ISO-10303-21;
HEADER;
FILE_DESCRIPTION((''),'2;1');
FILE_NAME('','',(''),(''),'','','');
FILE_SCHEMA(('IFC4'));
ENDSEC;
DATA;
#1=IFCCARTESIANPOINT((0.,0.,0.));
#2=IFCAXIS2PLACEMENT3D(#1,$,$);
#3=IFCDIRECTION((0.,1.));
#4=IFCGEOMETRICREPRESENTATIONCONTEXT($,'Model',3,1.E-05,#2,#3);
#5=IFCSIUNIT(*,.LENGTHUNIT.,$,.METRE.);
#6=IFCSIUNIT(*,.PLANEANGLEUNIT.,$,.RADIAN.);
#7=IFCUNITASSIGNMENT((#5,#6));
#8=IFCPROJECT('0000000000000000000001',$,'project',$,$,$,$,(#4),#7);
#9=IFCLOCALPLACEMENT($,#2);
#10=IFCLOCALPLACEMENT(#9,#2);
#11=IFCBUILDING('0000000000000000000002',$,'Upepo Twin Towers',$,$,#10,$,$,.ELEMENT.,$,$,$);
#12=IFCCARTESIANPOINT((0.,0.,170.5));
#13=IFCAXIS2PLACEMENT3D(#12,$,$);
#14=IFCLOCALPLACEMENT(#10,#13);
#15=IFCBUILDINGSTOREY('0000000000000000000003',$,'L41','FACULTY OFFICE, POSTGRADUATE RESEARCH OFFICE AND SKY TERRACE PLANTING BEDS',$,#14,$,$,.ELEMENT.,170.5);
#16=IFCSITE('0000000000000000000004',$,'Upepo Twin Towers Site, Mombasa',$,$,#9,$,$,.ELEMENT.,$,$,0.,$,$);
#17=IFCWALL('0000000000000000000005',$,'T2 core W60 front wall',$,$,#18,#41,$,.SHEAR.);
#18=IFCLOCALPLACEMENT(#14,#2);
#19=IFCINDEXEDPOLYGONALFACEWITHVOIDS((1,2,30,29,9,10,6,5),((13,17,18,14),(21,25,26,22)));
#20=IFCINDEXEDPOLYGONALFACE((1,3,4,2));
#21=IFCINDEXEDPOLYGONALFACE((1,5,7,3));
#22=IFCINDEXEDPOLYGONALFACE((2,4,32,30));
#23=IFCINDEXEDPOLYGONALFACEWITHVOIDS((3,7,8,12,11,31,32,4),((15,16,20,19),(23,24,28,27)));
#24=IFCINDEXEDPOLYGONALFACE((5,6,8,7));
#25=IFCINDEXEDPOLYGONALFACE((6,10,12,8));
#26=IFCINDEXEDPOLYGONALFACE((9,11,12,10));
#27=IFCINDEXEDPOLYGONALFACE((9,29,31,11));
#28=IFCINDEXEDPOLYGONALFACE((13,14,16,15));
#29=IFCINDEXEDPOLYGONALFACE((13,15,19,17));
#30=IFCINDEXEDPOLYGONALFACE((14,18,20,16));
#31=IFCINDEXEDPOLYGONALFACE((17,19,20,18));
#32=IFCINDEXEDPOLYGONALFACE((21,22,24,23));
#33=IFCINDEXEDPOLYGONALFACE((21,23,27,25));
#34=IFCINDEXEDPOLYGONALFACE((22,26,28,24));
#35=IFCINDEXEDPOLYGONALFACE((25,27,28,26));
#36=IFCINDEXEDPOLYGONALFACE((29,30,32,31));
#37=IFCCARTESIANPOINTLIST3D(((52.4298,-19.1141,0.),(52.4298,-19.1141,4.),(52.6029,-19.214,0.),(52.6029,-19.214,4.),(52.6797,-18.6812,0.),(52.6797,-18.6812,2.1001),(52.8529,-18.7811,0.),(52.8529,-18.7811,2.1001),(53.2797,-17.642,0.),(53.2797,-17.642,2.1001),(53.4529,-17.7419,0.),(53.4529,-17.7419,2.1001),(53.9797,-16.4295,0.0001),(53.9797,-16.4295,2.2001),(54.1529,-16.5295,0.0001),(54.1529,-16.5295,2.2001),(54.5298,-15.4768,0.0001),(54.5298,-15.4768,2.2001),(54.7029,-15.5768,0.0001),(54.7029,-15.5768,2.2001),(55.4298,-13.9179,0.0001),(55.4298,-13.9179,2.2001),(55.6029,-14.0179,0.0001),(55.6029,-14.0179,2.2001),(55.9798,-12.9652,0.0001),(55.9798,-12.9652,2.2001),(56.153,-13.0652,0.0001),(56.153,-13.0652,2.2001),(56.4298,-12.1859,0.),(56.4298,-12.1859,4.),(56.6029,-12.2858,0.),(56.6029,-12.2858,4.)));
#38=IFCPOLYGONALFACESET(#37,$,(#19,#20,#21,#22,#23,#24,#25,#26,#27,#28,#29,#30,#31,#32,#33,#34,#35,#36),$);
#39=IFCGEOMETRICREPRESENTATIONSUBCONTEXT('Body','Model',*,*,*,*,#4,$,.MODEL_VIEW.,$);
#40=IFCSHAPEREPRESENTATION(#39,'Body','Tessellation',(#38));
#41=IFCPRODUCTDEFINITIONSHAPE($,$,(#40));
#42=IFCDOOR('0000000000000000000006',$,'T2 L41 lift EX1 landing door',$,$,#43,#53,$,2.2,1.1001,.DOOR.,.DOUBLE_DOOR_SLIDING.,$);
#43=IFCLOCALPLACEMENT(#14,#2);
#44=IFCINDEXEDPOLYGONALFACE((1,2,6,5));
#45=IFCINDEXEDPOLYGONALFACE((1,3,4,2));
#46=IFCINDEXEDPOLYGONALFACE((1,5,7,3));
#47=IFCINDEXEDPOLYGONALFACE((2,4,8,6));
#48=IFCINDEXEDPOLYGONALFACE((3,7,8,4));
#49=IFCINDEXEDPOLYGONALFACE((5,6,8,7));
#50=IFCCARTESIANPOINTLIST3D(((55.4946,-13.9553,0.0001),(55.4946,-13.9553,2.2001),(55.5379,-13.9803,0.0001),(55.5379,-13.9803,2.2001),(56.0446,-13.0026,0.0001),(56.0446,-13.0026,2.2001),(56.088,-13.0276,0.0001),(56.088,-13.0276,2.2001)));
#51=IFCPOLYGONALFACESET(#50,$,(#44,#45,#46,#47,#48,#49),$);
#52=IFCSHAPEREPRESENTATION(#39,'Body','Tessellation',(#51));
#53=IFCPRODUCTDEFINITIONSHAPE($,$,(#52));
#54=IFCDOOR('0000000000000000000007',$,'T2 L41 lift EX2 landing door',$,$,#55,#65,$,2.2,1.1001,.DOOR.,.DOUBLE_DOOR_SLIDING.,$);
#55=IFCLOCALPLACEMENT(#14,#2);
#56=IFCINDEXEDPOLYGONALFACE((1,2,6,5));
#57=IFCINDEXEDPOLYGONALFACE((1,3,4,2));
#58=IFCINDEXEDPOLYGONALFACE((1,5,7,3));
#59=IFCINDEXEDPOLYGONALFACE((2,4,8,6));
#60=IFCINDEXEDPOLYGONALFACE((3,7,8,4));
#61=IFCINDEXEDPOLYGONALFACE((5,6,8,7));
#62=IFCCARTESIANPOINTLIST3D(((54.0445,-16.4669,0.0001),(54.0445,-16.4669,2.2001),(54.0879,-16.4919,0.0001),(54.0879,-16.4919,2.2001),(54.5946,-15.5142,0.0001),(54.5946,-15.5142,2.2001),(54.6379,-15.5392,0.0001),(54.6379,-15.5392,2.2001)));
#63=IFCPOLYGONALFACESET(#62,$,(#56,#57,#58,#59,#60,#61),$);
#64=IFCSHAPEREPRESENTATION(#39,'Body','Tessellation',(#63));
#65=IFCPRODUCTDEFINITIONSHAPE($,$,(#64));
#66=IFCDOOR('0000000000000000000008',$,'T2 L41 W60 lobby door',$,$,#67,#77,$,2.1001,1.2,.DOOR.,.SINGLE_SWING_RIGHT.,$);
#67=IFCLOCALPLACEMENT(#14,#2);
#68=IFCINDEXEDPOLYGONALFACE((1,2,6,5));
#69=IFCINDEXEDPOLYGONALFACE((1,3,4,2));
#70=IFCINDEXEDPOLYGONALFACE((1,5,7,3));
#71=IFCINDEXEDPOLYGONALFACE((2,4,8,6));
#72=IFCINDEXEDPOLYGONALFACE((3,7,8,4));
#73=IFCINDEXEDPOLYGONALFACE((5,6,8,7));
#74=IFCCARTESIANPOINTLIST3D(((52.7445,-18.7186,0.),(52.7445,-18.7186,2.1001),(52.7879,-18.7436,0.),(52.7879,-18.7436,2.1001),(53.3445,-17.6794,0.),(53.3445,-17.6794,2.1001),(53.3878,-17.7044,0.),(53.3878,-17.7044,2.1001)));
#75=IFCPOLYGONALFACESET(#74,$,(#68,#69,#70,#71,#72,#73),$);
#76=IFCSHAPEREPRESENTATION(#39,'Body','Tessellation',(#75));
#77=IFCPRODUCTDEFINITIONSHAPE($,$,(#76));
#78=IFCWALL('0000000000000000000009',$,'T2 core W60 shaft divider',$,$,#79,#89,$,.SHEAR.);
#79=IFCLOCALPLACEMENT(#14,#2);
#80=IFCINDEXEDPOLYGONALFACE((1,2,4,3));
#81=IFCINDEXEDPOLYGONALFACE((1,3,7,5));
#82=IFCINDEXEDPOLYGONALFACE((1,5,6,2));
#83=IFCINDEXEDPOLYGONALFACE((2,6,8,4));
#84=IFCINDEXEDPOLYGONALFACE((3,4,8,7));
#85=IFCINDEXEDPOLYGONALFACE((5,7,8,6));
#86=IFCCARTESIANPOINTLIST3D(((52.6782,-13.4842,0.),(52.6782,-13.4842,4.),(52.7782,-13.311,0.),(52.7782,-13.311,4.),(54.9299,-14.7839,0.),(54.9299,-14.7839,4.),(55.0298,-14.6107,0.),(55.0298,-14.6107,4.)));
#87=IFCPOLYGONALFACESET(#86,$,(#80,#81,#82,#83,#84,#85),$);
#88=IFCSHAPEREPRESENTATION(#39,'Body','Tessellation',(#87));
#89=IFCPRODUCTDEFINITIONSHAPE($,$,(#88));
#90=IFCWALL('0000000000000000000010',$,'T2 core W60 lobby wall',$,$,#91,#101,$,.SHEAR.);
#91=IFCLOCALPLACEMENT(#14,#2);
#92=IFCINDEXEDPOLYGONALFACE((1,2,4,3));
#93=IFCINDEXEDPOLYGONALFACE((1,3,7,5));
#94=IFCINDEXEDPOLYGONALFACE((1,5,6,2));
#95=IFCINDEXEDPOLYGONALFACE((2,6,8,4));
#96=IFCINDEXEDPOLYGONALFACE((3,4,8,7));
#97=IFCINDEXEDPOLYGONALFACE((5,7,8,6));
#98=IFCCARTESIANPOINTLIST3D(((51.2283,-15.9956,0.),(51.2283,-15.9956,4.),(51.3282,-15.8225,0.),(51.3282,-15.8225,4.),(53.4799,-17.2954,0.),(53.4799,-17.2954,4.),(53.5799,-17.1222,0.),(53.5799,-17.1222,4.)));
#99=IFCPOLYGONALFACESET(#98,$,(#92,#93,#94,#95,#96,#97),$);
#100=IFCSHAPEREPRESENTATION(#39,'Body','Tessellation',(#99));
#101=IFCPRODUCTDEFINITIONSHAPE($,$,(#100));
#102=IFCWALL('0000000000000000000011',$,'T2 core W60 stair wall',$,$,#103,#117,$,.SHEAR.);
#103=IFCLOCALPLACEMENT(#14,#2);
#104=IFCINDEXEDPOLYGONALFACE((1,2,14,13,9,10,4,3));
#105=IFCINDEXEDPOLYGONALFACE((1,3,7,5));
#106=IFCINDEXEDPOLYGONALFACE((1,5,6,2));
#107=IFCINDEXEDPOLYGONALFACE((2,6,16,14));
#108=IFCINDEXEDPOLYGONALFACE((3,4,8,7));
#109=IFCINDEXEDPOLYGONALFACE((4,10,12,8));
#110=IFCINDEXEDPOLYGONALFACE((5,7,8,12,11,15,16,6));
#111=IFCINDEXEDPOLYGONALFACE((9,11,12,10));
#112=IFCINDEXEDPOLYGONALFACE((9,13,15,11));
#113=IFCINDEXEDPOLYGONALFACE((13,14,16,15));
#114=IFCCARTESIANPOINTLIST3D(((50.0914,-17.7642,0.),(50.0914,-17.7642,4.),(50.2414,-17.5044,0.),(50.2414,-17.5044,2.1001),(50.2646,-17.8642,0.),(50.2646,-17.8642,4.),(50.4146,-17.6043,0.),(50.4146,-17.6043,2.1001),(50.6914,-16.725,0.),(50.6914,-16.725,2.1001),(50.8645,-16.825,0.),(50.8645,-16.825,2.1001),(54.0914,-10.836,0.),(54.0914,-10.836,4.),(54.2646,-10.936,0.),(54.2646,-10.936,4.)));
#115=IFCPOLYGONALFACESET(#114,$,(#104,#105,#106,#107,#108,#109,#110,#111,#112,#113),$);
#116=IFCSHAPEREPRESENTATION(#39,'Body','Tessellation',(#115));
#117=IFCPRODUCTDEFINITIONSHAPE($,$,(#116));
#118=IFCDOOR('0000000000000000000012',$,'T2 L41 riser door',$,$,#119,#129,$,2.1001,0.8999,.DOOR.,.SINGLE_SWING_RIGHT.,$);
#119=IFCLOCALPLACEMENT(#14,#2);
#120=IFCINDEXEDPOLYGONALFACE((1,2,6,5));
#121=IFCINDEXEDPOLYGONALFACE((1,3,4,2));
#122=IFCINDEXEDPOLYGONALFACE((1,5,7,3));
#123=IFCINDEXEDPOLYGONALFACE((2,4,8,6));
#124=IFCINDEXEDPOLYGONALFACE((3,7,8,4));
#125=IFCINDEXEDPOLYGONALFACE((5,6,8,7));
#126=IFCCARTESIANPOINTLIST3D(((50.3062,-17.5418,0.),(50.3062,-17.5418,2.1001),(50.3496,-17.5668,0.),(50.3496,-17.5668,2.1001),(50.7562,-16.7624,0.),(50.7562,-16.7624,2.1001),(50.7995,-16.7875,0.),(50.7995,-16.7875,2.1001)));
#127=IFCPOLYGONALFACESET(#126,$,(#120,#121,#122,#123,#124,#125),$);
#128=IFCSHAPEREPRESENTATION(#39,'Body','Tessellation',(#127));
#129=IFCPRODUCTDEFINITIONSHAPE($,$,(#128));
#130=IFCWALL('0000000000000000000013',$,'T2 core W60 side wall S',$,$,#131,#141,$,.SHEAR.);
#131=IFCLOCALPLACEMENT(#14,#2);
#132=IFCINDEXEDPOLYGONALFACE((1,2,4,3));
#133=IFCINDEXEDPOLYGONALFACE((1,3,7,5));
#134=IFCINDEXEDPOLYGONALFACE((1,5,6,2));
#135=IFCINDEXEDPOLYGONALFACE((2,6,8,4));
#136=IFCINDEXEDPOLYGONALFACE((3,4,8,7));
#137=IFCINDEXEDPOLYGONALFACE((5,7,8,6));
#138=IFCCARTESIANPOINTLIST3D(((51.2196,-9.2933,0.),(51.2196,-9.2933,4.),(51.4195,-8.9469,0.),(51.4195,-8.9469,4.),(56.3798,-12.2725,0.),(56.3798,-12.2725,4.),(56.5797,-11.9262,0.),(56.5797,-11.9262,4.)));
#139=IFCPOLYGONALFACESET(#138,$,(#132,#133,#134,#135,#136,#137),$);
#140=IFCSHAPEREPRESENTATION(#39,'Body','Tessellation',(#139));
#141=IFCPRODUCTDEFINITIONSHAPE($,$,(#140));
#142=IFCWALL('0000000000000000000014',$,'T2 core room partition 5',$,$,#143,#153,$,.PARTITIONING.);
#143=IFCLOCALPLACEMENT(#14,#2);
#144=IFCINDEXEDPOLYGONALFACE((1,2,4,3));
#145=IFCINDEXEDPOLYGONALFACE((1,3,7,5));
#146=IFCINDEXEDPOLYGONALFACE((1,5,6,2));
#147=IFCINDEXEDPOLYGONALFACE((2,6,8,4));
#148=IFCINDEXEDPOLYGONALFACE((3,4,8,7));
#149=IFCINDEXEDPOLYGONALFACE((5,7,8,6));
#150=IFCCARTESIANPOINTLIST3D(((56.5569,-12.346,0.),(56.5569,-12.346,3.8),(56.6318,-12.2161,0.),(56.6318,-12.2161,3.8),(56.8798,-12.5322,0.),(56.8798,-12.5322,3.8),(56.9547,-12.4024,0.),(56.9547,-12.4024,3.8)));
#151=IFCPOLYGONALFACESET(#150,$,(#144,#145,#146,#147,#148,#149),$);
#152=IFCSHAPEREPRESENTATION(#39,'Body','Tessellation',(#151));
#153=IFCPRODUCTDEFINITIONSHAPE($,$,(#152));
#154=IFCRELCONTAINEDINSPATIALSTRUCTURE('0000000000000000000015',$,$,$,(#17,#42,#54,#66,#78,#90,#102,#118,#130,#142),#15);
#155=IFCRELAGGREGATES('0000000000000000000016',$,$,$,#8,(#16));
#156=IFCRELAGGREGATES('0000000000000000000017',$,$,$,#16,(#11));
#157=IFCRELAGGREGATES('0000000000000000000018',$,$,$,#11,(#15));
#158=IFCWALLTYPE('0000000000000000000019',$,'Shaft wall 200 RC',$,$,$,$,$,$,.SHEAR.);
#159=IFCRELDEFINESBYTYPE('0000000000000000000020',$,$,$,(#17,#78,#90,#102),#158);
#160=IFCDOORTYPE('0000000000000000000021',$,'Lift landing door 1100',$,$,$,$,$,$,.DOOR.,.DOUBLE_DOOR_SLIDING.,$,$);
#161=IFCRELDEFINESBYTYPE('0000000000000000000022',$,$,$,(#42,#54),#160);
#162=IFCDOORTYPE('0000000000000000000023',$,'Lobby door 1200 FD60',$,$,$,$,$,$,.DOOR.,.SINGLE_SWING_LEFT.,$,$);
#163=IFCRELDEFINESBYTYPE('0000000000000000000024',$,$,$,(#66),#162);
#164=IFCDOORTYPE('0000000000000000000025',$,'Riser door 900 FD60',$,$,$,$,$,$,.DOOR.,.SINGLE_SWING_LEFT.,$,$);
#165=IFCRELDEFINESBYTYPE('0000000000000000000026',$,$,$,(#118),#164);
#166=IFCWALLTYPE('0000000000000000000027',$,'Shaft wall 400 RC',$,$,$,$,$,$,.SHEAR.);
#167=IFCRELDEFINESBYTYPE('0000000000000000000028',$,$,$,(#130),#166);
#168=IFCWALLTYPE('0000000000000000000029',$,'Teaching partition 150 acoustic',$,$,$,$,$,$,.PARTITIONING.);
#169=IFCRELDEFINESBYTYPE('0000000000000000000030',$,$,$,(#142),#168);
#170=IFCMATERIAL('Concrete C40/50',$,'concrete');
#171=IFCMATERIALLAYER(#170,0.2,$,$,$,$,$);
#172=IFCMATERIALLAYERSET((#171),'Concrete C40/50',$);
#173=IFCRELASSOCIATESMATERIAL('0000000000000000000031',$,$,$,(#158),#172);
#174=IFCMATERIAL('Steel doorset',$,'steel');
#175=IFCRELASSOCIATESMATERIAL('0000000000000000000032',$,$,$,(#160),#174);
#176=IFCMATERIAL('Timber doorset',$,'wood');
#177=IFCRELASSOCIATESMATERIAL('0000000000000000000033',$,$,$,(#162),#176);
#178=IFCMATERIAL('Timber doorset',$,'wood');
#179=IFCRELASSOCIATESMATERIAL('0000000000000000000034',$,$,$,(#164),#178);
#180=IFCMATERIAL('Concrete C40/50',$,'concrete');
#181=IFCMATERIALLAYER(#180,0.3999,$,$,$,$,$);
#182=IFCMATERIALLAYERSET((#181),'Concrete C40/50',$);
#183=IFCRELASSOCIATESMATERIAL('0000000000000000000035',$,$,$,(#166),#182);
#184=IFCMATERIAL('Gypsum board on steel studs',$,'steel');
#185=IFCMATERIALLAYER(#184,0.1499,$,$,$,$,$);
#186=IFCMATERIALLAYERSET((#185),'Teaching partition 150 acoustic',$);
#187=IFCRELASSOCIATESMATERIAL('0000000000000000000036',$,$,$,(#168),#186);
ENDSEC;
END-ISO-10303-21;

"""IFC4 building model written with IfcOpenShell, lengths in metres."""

from ifc_helpers import new_model, si_unit, direction, frame, frame_2d, origin, place, context, subcontext, project, spatial, rectangle, extrude, material, layer, layer_set, type_object, element, fill, save


model = new_model("IFC4")

# Units and contexts
model_context = context("Model", 3, precision=1e-05, world=origin(), true_north=direction((0.0, 1.0)))
body_context = subcontext(model_context, "Body", "Model", "MODEL_VIEW")
ifc_project = project(units=[si_unit("LENGTHUNIT", "METRE"), si_unit("PLANEANGLEUNIT", "RADIAN")], contexts=[model_context])

# Site, building, storey
site_placement = place(None, origin())
site = spatial("IfcSite", under=ifc_project, at=site_placement, Name="Upepo Twin Towers Site, Mombasa", CompositionType="ELEMENT", RefElevation=0.0)
building_placement = place(site_placement, origin())
building = spatial("IfcBuilding", under=site, at=building_placement, Name="Upepo Twin Towers", CompositionType="ELEMENT")
storey_placement = place(building_placement, frame((0.0, 0.0, 170.5)))
storey = spatial("IfcBuildingStorey", under=building, at=storey_placement, Name="L41", Description="FACULTY OFFICE, POSTGRADUATE RESEARCH OFFICE AND SKY TERRACE PLANTING BEDS", CompositionType="ELEMENT", Elevation=170.5)

# Wall, openings, doors
ifc_material_1 = material(Name="Concrete C40/50", Category="concrete")
ifc_layer_1 = layer(ifc_material_1, 0.2)
ifc_layer_set_1 = layer_set([ifc_layer_1], Name="Concrete C40/50")
wall_type_1 = type_object("IfcWallType", Name="Shaft wall 200 RC", PredefinedType="SHEAR", material=ifc_layer_set_1)
wall_1_placement = place(storey_placement, frame((56.5164, -12.2358, 0.0), z_axis=(0.0, 0.0, 1.0), x_axis=(-0.499999, -0.866026, 0.0)))
wall_1 = element("IfcWall", 1, at=wall_1_placement, inside=storey, type_object=wall_type_1, Name="T2 core W60 front wall", PredefinedType="SHEAR", context=body_context, shape_type="SweptSolid", body=[
    extrude(rectangle(XDim=8.0, YDim=0.2, at=frame_2d((4.0, 0.0))), origin(), (0.0, 0.0, 1.0), 4.0),
])
opening_1_placement = place(wall_1_placement, frame((6.3, 0.0, 0.0)))
opening_1 = element("IfcOpeningElement", 2, at=opening_1_placement, cuts=wall_1, PredefinedType="OPENING", context=body_context, shape_type="SweptSolid", body=[
    extrude(rectangle(XDim=1.2, YDim=2.1001, at=frame_2d((0.6001, 1.05))), frame((0.0, 0.1099, 0.0), z_axis=(0.0, -1.0, 0.0), x_axis=(1.0, 0.0, 0.0)), (0.0, 0.0, 1.0), 0.22),
])
opening_2_placement = place(wall_1_placement, frame((0.8999, 0.0, 0.0)))
opening_2 = element("IfcOpeningElement", 3, at=opening_2_placement, cuts=wall_1, PredefinedType="OPENING", context=body_context, shape_type="SweptSolid", body=[
    extrude(rectangle(XDim=1.1001, YDim=2.2, at=frame_2d((0.55, 1.1001))), frame((0.0, 0.1099, 0.0), z_axis=(0.0, -1.0, 0.0), x_axis=(1.0, 0.0, 0.0)), (0.0, 0.0, 1.0), 0.22),
])
opening_3_placement = place(wall_1_placement, frame((3.8, 0.0, 0.0)))
opening_3 = element("IfcOpeningElement", 4, at=opening_3_placement, cuts=wall_1, PredefinedType="OPENING", context=body_context, shape_type="SweptSolid", body=[
    extrude(rectangle(XDim=1.1001, YDim=2.2, at=frame_2d((0.55, 1.1001))), frame((0.0, 0.1099, 0.0), z_axis=(0.0, -1.0, 0.0), x_axis=(1.0, 0.0, 0.0)), (0.0, 0.0, 1.0), 0.22),
])
ifc_material_2 = material(Name="Steel doorset", Category="steel")
door_type_1 = type_object("IfcDoorType", Name="Lift landing door 1100", OperationType="DOUBLE_DOOR_SLIDING", PredefinedType="DOOR", material=ifc_material_2)
door_1_placement = place(opening_2_placement, origin())
door_1 = element("IfcDoor", 5, at=door_1_placement, inside=storey, type_object=door_type_1, Name="T2 L41 lift EX1 landing door", OperationType="DOUBLE_DOOR_SLIDING", OverallHeight=2.2, OverallWidth=1.1001, PredefinedType="DOOR", context=body_context, shape_type="SweptSolid", body=[
    extrude(rectangle(XDim=1.1001, YDim=2.2, at=frame_2d((0.55, 1.1001))), frame((0.0, 0.0249, 0.0), z_axis=(0.0, -1.0, 0.0), x_axis=(1.0, 0.0, 0.0)), (0.0, 0.0, 1.0), 0.05),
])
fill(opening_2, door_1)
door_2_placement = place(opening_3_placement, origin())
door_2 = element("IfcDoor", 6, at=door_2_placement, inside=storey, type_object=door_type_1, Name="T2 L41 lift EX2 landing door", OperationType="DOUBLE_DOOR_SLIDING", OverallHeight=2.2, OverallWidth=1.1001, PredefinedType="DOOR", context=body_context, shape_type="SweptSolid", body=[
    extrude(rectangle(XDim=1.1001, YDim=2.2, at=frame_2d((0.55, 1.1001))), frame((0.0, 0.0249, 0.0), z_axis=(0.0, -1.0, 0.0), x_axis=(1.0, 0.0, 0.0)), (0.0, 0.0, 1.0), 0.05),
])
fill(opening_3, door_2)
ifc_material_3 = material(Name="Timber doorset", Category="wood")
door_type_2 = type_object("IfcDoorType", Name="Lobby door 1200 FD60", OperationType="SINGLE_SWING_LEFT", PredefinedType="DOOR", material=ifc_material_3)
door_3_placement = place(opening_1_placement, origin())
door_3 = element("IfcDoor", 7, at=door_3_placement, inside=storey, type_object=door_type_2, Name="T2 L41 W60 lobby door", OperationType="SINGLE_SWING_RIGHT", OverallHeight=2.1001, OverallWidth=1.2, PredefinedType="DOOR", context=body_context, shape_type="SweptSolid", body=[
    extrude(rectangle(XDim=1.2, YDim=2.1001, at=frame_2d((0.6001, 1.05))), frame((0.0, 0.0249, 0.0), z_axis=(0.0, -1.0, 0.0), x_axis=(1.0, 0.0, 0.0)), (0.0, 0.0, 1.0), 0.05),
])
fill(opening_1, door_3)

# Walls
for number, where, z_axis, x_axis, name in (
    (8, (54.9797, -14.6973, 0.0), (0.0, 0.0, 1.0), (-0.866062, 0.499937, 0.0), "T2 core W60 shaft divider"),
    (9, (53.5298, -17.2087, 0.0), (0.0, 0.0, 1.0), (-0.866062, 0.499937, 0.0), "T2 core W60 lobby wall"),
):
    element("IfcWall", number, at=place(storey_placement, frame(where, z_axis=z_axis, x_axis=x_axis)), inside=storey, type_object=wall_type_1, Name=name, PredefinedType="SHEAR", context=body_context, shape_type="SweptSolid", body=[
        extrude(rectangle(XDim=2.5999, YDim=0.2, at=frame_2d((1.2998, 0.0))), origin(), (0.0, 0.0, 1.0), 4.0),
    ])

# Wall, opening, door
wall_2_placement = place(storey_placement, frame((54.178, -10.886, 0.0), z_axis=(0.0, 0.0, 1.0), x_axis=(-0.499999, -0.866026, 0.0)))
wall_2 = element("IfcWall", 10, at=wall_2_placement, inside=storey, type_object=wall_type_1, Name="T2 core W60 stair wall", PredefinedType="SHEAR", context=body_context, shape_type="SweptSolid", body=[
    extrude(rectangle(XDim=8.0, YDim=0.2, at=frame_2d((4.0, 0.0))), origin(), (0.0, 0.0, 1.0), 4.0),
])
opening_4_placement = place(wall_2_placement, frame((6.8, 0.0, 0.0)))
opening_4 = element("IfcOpeningElement", 11, at=opening_4_placement, cuts=wall_2, PredefinedType="OPENING", context=body_context, shape_type="SweptSolid", body=[
    extrude(rectangle(XDim=0.8999, YDim=2.1001, at=frame_2d((0.45, 1.05))), frame((0.0, 0.1099, 0.0), z_axis=(0.0, -1.0, 0.0), x_axis=(1.0, 0.0, 0.0)), (0.0, 0.0, 1.0), 0.22),
])
ifc_material_4 = material(Name="Timber doorset", Category="wood")
door_type_3 = type_object("IfcDoorType", Name="Riser door 900 FD60", OperationType="SINGLE_SWING_LEFT", PredefinedType="DOOR", material=ifc_material_4)
door_4_placement = place(opening_4_placement, origin())
door_4 = element("IfcDoor", 12, at=door_4_placement, inside=storey, type_object=door_type_3, Name="T2 L41 riser door", OperationType="SINGLE_SWING_RIGHT", OverallHeight=2.1001, OverallWidth=0.8999, PredefinedType="DOOR", context=body_context, shape_type="SweptSolid", body=[
    extrude(rectangle(XDim=0.8999, YDim=2.1001, at=frame_2d((0.45, 1.05))), frame((0.0, 0.0249, 0.0), z_axis=(0.0, -1.0, 0.0), x_axis=(1.0, 0.0, 0.0)), (0.0, 0.0, 1.0), 0.05),
])
fill(opening_4, door_4)

# Walls
ifc_material_5 = material(Name="Concrete C40/50", Category="concrete")
ifc_layer_2 = layer(ifc_material_5, 0.3999)
ifc_layer_set_2 = layer_set([ifc_layer_2], Name="Concrete C40/50")
wall_type_2 = type_object("IfcWallType", Name="Shaft wall 400 RC", PredefinedType="SHEAR", material=ifc_layer_set_2)
wall_3_placement = place(storey_placement, frame((56.4797, -12.0994, 0.0), z_axis=(0.0, 0.0, 1.0), x_axis=(-0.866023, 0.500004, 0.0)))
element("IfcWall", 13, at=wall_3_placement, inside=storey, type_object=wall_type_2, Name="T2 core W60 side wall S", PredefinedType="SHEAR", context=body_context, shape_type="SweptSolid", body=[
    extrude(rectangle(XDim=5.9585, YDim=0.3999, at=frame_2d((2.9792, 0.0))), origin(), (0.0, 0.0, 1.0), 4.0),
])
ifc_material_6 = material(Name="Gypsum board on steel studs", Category="steel")
ifc_layer_3 = layer(ifc_material_6, 0.1499)
ifc_layer_set_3 = layer_set([ifc_layer_3], Name="Teaching partition 150 acoustic")
wall_type_3 = type_object("IfcWallType", Name="Teaching partition 150 acoustic", PredefinedType="PARTITIONING", material=ifc_layer_set_3)
wall_4_placement = place(storey_placement, frame((56.5942, -12.281, 0.0), z_axis=(0.0, 0.0, 1.0), x_axis=(0.866262, -0.49959, 0.0)))
element("IfcWall", 14, at=wall_4_placement, inside=storey, type_object=wall_type_3, Name="T2 core room partition 5", PredefinedType="PARTITIONING", context=body_context, shape_type="SweptSolid", body=[
    extrude(rectangle(XDim=0.3728, YDim=0.1499, at=frame_2d((0.1865, 0.0))), origin(), (0.0, 0.0, 1.0), 3.8),
])

save(model, "model.ifc")
